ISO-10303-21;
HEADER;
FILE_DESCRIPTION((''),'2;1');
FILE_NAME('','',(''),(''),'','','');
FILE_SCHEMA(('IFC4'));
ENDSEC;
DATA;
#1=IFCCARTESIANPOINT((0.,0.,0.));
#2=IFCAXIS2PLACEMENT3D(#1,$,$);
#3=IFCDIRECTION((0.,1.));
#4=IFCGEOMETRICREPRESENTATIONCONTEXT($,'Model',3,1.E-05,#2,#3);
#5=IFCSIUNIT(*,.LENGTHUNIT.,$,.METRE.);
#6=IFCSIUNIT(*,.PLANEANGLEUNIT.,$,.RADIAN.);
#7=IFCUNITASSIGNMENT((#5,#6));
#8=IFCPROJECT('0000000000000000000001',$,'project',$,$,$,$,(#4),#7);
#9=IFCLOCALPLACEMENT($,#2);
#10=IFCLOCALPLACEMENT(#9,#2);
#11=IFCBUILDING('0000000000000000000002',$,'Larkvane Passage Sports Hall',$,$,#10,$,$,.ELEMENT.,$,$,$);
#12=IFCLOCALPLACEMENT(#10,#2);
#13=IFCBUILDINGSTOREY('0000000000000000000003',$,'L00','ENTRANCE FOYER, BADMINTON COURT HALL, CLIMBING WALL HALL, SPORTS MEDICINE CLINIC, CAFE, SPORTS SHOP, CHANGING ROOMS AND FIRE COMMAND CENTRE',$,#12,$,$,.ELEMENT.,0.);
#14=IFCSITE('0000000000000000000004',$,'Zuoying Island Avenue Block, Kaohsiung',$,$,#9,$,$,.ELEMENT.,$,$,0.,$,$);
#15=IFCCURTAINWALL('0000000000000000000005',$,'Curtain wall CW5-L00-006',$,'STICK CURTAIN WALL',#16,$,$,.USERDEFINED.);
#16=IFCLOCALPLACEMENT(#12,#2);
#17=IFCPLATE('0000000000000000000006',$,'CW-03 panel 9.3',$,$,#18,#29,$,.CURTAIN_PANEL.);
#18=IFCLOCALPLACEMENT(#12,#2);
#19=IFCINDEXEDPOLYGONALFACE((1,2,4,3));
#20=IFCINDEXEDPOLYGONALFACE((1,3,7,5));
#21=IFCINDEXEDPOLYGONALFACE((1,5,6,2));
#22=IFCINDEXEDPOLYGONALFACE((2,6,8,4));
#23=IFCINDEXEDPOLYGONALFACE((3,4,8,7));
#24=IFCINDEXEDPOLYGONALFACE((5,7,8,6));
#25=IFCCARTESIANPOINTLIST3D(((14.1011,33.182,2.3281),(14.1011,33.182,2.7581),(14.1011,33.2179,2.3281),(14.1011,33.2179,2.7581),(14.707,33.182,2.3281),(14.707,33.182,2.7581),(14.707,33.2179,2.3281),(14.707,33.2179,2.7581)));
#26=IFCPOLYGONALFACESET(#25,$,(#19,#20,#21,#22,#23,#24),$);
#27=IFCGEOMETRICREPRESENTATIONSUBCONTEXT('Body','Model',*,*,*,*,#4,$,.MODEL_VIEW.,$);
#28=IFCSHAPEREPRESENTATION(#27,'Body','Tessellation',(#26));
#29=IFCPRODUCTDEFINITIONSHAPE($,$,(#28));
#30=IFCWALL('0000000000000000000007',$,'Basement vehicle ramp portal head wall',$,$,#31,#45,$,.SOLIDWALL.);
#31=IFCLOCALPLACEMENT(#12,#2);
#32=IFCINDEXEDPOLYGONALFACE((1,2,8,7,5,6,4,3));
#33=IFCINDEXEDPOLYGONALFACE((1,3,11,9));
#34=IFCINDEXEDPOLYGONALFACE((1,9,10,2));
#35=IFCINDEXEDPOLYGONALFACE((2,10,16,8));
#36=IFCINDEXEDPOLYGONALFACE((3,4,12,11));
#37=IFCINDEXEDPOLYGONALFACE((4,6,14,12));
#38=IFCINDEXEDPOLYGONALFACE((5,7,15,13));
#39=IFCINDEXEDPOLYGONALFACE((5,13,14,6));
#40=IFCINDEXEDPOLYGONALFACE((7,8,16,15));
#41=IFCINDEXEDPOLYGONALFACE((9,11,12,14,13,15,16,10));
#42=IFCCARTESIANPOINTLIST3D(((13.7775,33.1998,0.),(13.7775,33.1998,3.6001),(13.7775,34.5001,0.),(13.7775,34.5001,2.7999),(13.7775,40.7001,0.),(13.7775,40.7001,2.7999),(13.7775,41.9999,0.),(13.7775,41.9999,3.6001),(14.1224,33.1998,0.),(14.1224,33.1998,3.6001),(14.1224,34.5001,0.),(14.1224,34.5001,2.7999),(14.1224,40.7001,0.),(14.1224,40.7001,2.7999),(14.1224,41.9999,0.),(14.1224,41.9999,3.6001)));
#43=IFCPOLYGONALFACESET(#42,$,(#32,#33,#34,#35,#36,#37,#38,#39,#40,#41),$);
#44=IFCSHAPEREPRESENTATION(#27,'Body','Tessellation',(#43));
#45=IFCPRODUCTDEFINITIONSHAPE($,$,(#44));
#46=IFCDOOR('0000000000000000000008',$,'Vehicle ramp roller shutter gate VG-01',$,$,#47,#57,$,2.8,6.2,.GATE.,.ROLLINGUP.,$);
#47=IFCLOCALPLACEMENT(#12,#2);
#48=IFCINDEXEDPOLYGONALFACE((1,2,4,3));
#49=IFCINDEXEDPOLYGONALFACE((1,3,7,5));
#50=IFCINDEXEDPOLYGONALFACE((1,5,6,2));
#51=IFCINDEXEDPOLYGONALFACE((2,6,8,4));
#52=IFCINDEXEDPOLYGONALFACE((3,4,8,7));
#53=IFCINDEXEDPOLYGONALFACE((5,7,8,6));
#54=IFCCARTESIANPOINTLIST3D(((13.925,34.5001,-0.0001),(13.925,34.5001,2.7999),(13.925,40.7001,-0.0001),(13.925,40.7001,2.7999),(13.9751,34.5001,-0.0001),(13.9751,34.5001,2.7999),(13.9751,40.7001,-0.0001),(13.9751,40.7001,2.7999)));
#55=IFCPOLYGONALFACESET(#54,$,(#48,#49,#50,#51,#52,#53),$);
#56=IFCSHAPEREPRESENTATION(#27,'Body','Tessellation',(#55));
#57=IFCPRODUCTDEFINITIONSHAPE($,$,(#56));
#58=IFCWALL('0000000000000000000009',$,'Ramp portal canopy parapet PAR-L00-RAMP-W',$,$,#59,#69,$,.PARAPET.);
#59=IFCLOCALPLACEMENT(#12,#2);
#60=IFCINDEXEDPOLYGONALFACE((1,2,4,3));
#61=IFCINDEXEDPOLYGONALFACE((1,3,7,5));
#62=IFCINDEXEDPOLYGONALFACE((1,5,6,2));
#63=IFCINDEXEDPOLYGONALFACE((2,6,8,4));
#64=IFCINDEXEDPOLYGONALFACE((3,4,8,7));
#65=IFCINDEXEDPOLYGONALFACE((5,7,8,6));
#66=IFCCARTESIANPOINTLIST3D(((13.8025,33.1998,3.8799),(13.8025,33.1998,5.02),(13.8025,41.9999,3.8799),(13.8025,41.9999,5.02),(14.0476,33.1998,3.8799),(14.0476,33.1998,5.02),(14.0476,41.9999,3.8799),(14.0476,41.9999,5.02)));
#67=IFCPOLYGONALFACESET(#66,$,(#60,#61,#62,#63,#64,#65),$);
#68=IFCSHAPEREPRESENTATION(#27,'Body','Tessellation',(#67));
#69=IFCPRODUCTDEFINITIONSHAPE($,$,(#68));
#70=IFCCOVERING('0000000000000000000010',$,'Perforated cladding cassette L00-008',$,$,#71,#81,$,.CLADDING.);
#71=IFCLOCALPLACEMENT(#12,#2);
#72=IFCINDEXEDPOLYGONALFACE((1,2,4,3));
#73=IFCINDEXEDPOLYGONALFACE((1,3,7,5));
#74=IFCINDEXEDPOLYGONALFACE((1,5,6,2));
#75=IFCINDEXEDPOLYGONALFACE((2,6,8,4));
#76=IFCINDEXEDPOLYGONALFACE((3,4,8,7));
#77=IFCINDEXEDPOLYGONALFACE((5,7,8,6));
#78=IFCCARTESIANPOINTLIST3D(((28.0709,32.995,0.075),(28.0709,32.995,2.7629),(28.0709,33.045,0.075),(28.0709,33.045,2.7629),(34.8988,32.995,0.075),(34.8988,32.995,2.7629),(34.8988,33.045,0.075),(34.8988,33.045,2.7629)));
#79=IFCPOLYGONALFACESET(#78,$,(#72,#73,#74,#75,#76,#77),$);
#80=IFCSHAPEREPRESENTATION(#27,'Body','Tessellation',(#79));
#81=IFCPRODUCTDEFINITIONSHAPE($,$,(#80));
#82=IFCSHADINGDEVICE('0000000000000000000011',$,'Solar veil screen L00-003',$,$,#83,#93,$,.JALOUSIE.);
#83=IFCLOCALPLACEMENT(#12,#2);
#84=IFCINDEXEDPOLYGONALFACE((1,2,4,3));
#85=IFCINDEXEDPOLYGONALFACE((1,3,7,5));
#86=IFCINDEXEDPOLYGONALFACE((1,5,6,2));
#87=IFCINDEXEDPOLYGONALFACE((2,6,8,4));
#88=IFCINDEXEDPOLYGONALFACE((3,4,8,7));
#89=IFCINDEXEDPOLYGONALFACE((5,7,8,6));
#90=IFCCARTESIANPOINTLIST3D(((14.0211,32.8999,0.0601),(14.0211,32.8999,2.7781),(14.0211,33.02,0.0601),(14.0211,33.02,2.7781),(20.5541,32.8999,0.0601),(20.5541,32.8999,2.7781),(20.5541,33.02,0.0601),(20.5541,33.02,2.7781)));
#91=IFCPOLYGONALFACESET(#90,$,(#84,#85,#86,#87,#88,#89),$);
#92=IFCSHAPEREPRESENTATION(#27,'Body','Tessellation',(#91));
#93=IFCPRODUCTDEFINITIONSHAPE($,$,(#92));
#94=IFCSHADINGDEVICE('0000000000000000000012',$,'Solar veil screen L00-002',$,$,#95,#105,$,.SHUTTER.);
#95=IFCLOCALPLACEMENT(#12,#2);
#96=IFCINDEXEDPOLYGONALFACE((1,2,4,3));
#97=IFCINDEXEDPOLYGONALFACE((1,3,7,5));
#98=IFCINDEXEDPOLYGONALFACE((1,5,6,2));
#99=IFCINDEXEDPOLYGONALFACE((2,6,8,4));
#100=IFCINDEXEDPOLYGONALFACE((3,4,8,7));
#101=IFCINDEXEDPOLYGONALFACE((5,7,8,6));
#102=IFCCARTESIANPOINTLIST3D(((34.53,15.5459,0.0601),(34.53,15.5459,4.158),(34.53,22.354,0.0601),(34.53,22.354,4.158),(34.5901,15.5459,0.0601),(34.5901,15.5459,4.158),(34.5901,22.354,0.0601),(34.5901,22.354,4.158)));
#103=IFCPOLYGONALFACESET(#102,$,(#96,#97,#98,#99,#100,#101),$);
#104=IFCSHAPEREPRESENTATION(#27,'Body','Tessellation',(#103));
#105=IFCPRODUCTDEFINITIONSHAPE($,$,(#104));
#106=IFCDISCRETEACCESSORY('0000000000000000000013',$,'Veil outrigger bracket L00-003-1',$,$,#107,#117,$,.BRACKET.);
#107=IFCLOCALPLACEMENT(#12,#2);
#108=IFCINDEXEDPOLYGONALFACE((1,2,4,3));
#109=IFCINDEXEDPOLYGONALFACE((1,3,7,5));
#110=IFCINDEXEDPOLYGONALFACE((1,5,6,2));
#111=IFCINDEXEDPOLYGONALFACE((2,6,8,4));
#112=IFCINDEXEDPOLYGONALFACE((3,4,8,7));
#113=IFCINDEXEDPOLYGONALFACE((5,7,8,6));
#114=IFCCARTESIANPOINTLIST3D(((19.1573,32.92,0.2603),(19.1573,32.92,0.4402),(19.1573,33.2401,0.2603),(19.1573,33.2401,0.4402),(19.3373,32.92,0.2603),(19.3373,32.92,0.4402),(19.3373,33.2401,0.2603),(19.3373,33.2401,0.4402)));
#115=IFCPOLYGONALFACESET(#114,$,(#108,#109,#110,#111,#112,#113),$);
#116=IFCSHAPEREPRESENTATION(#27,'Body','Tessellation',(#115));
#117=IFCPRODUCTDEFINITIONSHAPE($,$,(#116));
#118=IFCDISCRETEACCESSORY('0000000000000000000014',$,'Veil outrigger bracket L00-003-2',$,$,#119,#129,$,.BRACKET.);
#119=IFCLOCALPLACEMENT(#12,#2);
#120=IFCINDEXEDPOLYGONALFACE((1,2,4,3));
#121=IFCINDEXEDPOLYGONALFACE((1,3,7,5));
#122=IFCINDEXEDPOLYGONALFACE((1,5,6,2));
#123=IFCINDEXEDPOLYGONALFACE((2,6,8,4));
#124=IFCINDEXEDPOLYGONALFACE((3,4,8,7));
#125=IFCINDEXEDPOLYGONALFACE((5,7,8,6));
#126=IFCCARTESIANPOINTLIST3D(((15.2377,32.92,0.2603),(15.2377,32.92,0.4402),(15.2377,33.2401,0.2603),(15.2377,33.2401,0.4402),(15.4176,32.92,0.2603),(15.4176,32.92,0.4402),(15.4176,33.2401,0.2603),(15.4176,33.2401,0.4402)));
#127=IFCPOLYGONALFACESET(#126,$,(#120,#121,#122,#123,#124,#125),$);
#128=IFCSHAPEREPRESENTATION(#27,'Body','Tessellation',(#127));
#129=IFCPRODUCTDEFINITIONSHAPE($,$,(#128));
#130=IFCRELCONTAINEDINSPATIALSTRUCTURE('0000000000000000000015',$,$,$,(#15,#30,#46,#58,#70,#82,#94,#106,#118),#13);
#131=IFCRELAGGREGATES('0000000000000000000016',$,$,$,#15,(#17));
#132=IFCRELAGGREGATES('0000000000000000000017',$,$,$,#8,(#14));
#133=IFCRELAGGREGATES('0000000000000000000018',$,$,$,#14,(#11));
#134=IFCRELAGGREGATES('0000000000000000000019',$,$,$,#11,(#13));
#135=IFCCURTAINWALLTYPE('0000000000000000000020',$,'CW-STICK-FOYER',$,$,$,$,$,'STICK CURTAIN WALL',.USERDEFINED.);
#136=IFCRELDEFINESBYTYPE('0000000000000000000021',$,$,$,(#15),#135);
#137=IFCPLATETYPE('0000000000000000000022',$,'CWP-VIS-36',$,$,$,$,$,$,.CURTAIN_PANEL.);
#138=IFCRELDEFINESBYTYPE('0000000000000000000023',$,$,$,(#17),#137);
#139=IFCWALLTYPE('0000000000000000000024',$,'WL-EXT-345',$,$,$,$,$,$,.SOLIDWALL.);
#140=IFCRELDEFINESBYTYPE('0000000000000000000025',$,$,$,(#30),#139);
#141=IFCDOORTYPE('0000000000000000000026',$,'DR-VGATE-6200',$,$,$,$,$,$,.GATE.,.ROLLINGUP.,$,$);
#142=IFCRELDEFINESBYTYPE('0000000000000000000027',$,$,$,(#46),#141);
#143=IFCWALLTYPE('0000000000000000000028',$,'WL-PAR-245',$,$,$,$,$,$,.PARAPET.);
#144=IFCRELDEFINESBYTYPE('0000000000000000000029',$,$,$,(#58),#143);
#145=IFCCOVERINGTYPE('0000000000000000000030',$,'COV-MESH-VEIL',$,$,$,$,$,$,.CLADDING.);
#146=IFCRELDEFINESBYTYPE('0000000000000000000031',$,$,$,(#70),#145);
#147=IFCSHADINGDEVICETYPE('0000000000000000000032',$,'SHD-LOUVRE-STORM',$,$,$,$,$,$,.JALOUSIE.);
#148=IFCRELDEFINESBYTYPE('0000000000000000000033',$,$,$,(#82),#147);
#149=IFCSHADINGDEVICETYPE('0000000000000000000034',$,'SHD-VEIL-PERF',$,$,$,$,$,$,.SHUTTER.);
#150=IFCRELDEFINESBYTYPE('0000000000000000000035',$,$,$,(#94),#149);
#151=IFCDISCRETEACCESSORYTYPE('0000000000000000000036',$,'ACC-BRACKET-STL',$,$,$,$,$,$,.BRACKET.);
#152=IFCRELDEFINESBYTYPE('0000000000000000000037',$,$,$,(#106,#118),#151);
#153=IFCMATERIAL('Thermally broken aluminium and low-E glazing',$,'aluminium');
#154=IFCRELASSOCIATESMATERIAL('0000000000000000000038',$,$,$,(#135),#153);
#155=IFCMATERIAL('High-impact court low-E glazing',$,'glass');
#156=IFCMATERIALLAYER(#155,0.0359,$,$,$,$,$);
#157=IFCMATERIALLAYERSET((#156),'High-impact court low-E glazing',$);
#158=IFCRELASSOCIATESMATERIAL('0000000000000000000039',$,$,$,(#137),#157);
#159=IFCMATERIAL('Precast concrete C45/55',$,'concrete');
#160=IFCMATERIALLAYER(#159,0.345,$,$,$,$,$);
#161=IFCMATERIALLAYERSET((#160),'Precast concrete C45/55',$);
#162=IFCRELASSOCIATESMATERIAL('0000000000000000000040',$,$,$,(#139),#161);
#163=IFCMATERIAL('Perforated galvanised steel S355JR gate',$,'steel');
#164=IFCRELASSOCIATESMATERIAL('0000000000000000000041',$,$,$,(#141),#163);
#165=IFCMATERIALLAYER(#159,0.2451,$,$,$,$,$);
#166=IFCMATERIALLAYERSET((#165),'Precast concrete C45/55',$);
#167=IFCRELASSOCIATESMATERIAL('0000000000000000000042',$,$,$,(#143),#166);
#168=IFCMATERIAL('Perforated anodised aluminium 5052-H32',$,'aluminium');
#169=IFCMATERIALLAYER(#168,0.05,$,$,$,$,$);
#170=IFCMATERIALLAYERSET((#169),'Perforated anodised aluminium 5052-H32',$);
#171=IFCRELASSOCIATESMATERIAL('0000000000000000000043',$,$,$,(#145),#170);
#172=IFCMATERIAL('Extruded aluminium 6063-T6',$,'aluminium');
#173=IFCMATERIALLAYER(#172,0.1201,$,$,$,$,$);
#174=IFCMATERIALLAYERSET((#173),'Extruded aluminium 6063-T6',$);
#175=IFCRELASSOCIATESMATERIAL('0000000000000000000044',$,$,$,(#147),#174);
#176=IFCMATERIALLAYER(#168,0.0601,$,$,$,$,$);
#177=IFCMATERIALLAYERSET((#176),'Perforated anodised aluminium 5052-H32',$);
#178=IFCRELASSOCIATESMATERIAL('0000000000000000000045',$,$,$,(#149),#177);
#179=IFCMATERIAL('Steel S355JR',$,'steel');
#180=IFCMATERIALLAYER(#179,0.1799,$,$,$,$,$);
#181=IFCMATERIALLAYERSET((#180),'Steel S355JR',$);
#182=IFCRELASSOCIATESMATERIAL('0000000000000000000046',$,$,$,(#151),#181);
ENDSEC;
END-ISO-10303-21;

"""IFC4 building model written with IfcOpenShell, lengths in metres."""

from ifc_helpers import new_model, si_unit, direction, frame, frame_2d, origin, origin_2d, place, context, subcontext, project, spatial, rectangle, extrude, material, layer, layer_set, type_object, element, fill, aggregate, save


model = new_model("IFC4")

# Units and contexts
model_context = context("Model", 3, precision=1e-05, world=origin(), true_north=direction((0.0, 1.0)))
body_context = subcontext(model_context, "Body", "Model", "MODEL_VIEW")
ifc_project = project(units=[si_unit("LENGTHUNIT", "METRE"), si_unit("PLANEANGLEUNIT", "RADIAN")], contexts=[model_context])

# Site, building, storey
site_placement = place(None, origin())
site = spatial("IfcSite", under=ifc_project, at=site_placement, Name="Zuoying Island Avenue Block, Kaohsiung", CompositionType="ELEMENT", RefElevation=0.0)
building_placement = place(site_placement, origin())
building = spatial("IfcBuilding", under=site, at=building_placement, Name="Larkvane Passage Sports Hall", CompositionType="ELEMENT")
storey_placement = place(building_placement, origin())
storey = spatial("IfcBuildingStorey", under=building, at=storey_placement, Name="L00", Description="ENTRANCE FOYER, BADMINTON COURT HALL, CLIMBING WALL HALL, SPORTS MEDICINE CLINIC, CAFE, SPORTS SHOP, CHANGING ROOMS AND FIRE COMMAND CENTRE", CompositionType="ELEMENT", Elevation=0.0)

# Curtain wall, plate
ifc_material_1 = material(Name="Thermally broken aluminium and low-E glazing", Category="aluminium")
curtain_wall_type = type_object("IfcCurtainWallType", Name="CW-STICK-FOYER", ElementType="STICK CURTAIN WALL", PredefinedType="USERDEFINED", material=ifc_material_1)
curtain_wall_placement = place(storey_placement, origin())
curtain_wall = element("IfcCurtainWall", 1, at=curtain_wall_placement, inside=storey, type_object=curtain_wall_type, Name="Curtain wall CW5-L00-006", ObjectType="STICK CURTAIN WALL", PredefinedType="USERDEFINED")
ifc_material_2 = material(Name="High-impact court low-E glazing", Category="glass")
ifc_layer_1 = layer(ifc_material_2, 0.0359)
ifc_layer_set_1 = layer_set([ifc_layer_1], Name="High-impact court low-E glazing")
plate_type_1 = type_object("IfcPlateType", Name="CWP-VIS-36", PredefinedType="CURTAIN_PANEL", material=ifc_layer_set_1)
plate_1_placement = place(storey_placement, frame((14.4041, 33.2, 2.3281), z_axis=(0.0, 0.0, 1.0), x_axis=(-1.0, 0.0, 0.0)))
plate_1 = element("IfcPlate", 2, at=plate_1_placement, type_object=plate_type_1, Name="CW-03 panel 9.3", PredefinedType="CURTAIN_PANEL", context=body_context, shape_type="SweptSolid", body=[
    extrude(rectangle(XDim=0.606, YDim=0.0359, at=origin_2d()), origin(), (0.0, 0.0, 1.0), 0.4299),
])
aggregate(curtain_wall, [plate_1])

# Wall, opening, door
ifc_material_3 = material(Name="Precast concrete C45/55", Category="concrete")
ifc_layer_2 = layer(ifc_material_3, 0.345)
ifc_layer_set_2 = layer_set([ifc_layer_2], Name="Precast concrete C45/55")
wall_type_1 = type_object("IfcWallType", Name="WL-EXT-345", PredefinedType="SOLIDWALL", material=ifc_layer_set_2)
wall_1_placement = place(storey_placement, frame((13.95, 33.2, 0.0), z_axis=(0.0, 0.0, 1.0), x_axis=(0.0, 1.0, 0.0)))
wall_1 = element("IfcWall", 3, at=wall_1_placement, inside=storey, type_object=wall_type_1, Name="Basement vehicle ramp portal head wall", PredefinedType="SOLIDWALL", context=body_context, shape_type="SweptSolid", body=[
    extrude(rectangle(XDim=8.8, YDim=0.345, at=frame_2d((4.3999, 0.0))), origin(), (0.0, 0.0, 1.0), 3.6001),
])
opening_placement = place(wall_1_placement, frame((1.3, 0.0, 0.0)))
opening = element("IfcOpeningElement", 4, at=opening_placement, cuts=wall_1, PredefinedType="OPENING", context=body_context, shape_type="SweptSolid", body=[
    extrude(rectangle(XDim=6.2, YDim=2.8, at=frame_2d((3.1001, 1.3999))), frame((0.0, 0.1824, 0.0), z_axis=(0.0, -1.0, 0.0), x_axis=(1.0, 0.0, 0.0)), (0.0, 0.0, 1.0), 0.365),
])
ifc_material_4 = material(Name="Perforated galvanised steel S355JR gate", Category="steel")
door_type = type_object("IfcDoorType", Name="DR-VGATE-6200", OperationType="ROLLINGUP", PredefinedType="GATE", material=ifc_material_4)
door_placement = place(opening_placement, origin())
door = element("IfcDoor", 5, at=door_placement, inside=storey, type_object=door_type, Name="Vehicle ramp roller shutter gate VG-01", OperationType="ROLLINGUP", OverallHeight=2.8, OverallWidth=6.2, PredefinedType="GATE", context=body_context, shape_type="SweptSolid", body=[
    extrude(rectangle(XDim=6.2, YDim=2.8, at=frame_2d((3.1001, 1.3999))), frame((0.0, 0.0249, 0.0), z_axis=(0.0, -1.0, 0.0), x_axis=(1.0, 0.0, 0.0)), (0.0, 0.0, 1.0), 0.05),
])
fill(opening, door)

# Wall
ifc_layer_3 = layer(ifc_material_3, 0.2451)
ifc_layer_set_3 = layer_set([ifc_layer_3], Name="Precast concrete C45/55")
wall_type_2 = type_object("IfcWallType", Name="WL-PAR-245", PredefinedType="PARAPET", material=ifc_layer_set_3)
wall_2_placement = place(storey_placement, frame((13.925, 33.2, 3.8799), z_axis=(0.0, 0.0, 1.0), x_axis=(0.0, 1.0, 0.0)))
element("IfcWall", 6, at=wall_2_placement, inside=storey, type_object=wall_type_2, Name="Ramp portal canopy parapet PAR-L00-RAMP-W", PredefinedType="PARAPET", context=body_context, shape_type="SweptSolid", body=[
    extrude(rectangle(XDim=8.8, YDim=0.2451, at=frame_2d((4.3999, 0.0))), origin(), (0.0, 0.0, 1.0), 1.1401),
])

# Covering
ifc_material_5 = material(Name="Perforated anodised aluminium 5052-H32", Category="aluminium")
ifc_layer_4 = layer(ifc_material_5, 0.05)
ifc_layer_set_4 = layer_set([ifc_layer_4], Name="Perforated anodised aluminium 5052-H32")
covering_type = type_object("IfcCoveringType", Name="COV-MESH-VEIL", PredefinedType="CLADDING", material=ifc_layer_set_4)
covering_placement = place(storey_placement, frame((31.4849, 33.02, 0.075), z_axis=(0.0, 0.0, 1.0), x_axis=(-1.0, 0.0, 0.0)))
element("IfcCovering", 7, at=covering_placement, inside=storey, type_object=covering_type, Name="Perforated cladding cassette L00-008", PredefinedType="CLADDING", context=body_context, shape_type="SweptSolid", body=[
    extrude(rectangle(XDim=6.8279, YDim=0.05, at=origin_2d()), origin(), (0.0, 0.0, 1.0), 2.688),
])

# Shading devices
ifc_material_6 = material(Name="Extruded aluminium 6063-T6", Category="aluminium")
ifc_layer_5 = layer(ifc_material_6, 0.1201)
ifc_layer_set_5 = layer_set([ifc_layer_5], Name="Extruded aluminium 6063-T6")
shading_device_type_1 = type_object("IfcShadingDeviceType", Name="SHD-LOUVRE-STORM", PredefinedType="JALOUSIE", material=ifc_layer_set_5)
shading_device_1_placement = place(storey_placement, frame((17.2876, 32.96, 0.0601), z_axis=(0.0, 0.0, 1.0), x_axis=(-1.0, 0.0, 0.0)))
element("IfcShadingDevice", 8, at=shading_device_1_placement, inside=storey, type_object=shading_device_type_1, Name="Solar veil screen L00-003", PredefinedType="JALOUSIE", context=body_context, shape_type="SweptSolid", body=[
    extrude(rectangle(XDim=6.533, YDim=0.1201, at=origin_2d()), origin(), (0.0, 0.0, 1.0), 2.718),
])
ifc_layer_6 = layer(ifc_material_5, 0.0601)
ifc_layer_set_6 = layer_set([ifc_layer_6], Name="Perforated anodised aluminium 5052-H32")
shading_device_type_2 = type_object("IfcShadingDeviceType", Name="SHD-VEIL-PERF", PredefinedType="SHUTTER", material=ifc_layer_set_6)
shading_device_2_placement = place(storey_placement, frame((34.5601, 18.95, 0.0601), z_axis=(0.0, 0.0, 1.0), x_axis=(0.0, 1.0, 0.0)))
element("IfcShadingDevice", 9, at=shading_device_2_placement, inside=storey, type_object=shading_device_type_2, Name="Solar veil screen L00-002", PredefinedType="SHUTTER", context=body_context, shape_type="SweptSolid", body=[
    extrude(rectangle(XDim=6.8081, YDim=0.0601, at=origin_2d()), origin(), (0.0, 0.0, 1.0), 4.0979),
])

# Discrete accessories
ifc_material_7 = material(Name="Steel S355JR", Category="steel")
ifc_layer_7 = layer(ifc_material_7, 0.1799)
ifc_layer_set_7 = layer_set([ifc_layer_7], Name="Steel S355JR")
discrete_accessory_type = type_object("IfcDiscreteAccessoryType", Name="ACC-BRACKET-STL", PredefinedType="BRACKET", material=ifc_layer_set_7)
for number, where, z_axis, x_axis, name in (
    (10, (19.2473, 33.0801, 0.2603), (0.0, 0.0, 1.0), (-1.0, 0.0, 0.0), "Veil outrigger bracket L00-003-1"),
    (11, (15.3276, 33.0801, 0.2603), (0.0, 0.0, 1.0), (-1.0, 0.0, 0.0), "Veil outrigger bracket L00-003-2"),
):
    element("IfcDiscreteAccessory", number, at=place(storey_placement, frame(where, z_axis=z_axis, x_axis=x_axis)), inside=storey, type_object=discrete_accessory_type, Name=name, PredefinedType="BRACKET", context=body_context, shape_type="SweptSolid", body=[
        extrude(rectangle(XDim=0.1799, YDim=0.3201, at=origin_2d()), origin(), (0.0, 0.0, 1.0), 0.1799),
    ])

save(model, "model.ifc")
